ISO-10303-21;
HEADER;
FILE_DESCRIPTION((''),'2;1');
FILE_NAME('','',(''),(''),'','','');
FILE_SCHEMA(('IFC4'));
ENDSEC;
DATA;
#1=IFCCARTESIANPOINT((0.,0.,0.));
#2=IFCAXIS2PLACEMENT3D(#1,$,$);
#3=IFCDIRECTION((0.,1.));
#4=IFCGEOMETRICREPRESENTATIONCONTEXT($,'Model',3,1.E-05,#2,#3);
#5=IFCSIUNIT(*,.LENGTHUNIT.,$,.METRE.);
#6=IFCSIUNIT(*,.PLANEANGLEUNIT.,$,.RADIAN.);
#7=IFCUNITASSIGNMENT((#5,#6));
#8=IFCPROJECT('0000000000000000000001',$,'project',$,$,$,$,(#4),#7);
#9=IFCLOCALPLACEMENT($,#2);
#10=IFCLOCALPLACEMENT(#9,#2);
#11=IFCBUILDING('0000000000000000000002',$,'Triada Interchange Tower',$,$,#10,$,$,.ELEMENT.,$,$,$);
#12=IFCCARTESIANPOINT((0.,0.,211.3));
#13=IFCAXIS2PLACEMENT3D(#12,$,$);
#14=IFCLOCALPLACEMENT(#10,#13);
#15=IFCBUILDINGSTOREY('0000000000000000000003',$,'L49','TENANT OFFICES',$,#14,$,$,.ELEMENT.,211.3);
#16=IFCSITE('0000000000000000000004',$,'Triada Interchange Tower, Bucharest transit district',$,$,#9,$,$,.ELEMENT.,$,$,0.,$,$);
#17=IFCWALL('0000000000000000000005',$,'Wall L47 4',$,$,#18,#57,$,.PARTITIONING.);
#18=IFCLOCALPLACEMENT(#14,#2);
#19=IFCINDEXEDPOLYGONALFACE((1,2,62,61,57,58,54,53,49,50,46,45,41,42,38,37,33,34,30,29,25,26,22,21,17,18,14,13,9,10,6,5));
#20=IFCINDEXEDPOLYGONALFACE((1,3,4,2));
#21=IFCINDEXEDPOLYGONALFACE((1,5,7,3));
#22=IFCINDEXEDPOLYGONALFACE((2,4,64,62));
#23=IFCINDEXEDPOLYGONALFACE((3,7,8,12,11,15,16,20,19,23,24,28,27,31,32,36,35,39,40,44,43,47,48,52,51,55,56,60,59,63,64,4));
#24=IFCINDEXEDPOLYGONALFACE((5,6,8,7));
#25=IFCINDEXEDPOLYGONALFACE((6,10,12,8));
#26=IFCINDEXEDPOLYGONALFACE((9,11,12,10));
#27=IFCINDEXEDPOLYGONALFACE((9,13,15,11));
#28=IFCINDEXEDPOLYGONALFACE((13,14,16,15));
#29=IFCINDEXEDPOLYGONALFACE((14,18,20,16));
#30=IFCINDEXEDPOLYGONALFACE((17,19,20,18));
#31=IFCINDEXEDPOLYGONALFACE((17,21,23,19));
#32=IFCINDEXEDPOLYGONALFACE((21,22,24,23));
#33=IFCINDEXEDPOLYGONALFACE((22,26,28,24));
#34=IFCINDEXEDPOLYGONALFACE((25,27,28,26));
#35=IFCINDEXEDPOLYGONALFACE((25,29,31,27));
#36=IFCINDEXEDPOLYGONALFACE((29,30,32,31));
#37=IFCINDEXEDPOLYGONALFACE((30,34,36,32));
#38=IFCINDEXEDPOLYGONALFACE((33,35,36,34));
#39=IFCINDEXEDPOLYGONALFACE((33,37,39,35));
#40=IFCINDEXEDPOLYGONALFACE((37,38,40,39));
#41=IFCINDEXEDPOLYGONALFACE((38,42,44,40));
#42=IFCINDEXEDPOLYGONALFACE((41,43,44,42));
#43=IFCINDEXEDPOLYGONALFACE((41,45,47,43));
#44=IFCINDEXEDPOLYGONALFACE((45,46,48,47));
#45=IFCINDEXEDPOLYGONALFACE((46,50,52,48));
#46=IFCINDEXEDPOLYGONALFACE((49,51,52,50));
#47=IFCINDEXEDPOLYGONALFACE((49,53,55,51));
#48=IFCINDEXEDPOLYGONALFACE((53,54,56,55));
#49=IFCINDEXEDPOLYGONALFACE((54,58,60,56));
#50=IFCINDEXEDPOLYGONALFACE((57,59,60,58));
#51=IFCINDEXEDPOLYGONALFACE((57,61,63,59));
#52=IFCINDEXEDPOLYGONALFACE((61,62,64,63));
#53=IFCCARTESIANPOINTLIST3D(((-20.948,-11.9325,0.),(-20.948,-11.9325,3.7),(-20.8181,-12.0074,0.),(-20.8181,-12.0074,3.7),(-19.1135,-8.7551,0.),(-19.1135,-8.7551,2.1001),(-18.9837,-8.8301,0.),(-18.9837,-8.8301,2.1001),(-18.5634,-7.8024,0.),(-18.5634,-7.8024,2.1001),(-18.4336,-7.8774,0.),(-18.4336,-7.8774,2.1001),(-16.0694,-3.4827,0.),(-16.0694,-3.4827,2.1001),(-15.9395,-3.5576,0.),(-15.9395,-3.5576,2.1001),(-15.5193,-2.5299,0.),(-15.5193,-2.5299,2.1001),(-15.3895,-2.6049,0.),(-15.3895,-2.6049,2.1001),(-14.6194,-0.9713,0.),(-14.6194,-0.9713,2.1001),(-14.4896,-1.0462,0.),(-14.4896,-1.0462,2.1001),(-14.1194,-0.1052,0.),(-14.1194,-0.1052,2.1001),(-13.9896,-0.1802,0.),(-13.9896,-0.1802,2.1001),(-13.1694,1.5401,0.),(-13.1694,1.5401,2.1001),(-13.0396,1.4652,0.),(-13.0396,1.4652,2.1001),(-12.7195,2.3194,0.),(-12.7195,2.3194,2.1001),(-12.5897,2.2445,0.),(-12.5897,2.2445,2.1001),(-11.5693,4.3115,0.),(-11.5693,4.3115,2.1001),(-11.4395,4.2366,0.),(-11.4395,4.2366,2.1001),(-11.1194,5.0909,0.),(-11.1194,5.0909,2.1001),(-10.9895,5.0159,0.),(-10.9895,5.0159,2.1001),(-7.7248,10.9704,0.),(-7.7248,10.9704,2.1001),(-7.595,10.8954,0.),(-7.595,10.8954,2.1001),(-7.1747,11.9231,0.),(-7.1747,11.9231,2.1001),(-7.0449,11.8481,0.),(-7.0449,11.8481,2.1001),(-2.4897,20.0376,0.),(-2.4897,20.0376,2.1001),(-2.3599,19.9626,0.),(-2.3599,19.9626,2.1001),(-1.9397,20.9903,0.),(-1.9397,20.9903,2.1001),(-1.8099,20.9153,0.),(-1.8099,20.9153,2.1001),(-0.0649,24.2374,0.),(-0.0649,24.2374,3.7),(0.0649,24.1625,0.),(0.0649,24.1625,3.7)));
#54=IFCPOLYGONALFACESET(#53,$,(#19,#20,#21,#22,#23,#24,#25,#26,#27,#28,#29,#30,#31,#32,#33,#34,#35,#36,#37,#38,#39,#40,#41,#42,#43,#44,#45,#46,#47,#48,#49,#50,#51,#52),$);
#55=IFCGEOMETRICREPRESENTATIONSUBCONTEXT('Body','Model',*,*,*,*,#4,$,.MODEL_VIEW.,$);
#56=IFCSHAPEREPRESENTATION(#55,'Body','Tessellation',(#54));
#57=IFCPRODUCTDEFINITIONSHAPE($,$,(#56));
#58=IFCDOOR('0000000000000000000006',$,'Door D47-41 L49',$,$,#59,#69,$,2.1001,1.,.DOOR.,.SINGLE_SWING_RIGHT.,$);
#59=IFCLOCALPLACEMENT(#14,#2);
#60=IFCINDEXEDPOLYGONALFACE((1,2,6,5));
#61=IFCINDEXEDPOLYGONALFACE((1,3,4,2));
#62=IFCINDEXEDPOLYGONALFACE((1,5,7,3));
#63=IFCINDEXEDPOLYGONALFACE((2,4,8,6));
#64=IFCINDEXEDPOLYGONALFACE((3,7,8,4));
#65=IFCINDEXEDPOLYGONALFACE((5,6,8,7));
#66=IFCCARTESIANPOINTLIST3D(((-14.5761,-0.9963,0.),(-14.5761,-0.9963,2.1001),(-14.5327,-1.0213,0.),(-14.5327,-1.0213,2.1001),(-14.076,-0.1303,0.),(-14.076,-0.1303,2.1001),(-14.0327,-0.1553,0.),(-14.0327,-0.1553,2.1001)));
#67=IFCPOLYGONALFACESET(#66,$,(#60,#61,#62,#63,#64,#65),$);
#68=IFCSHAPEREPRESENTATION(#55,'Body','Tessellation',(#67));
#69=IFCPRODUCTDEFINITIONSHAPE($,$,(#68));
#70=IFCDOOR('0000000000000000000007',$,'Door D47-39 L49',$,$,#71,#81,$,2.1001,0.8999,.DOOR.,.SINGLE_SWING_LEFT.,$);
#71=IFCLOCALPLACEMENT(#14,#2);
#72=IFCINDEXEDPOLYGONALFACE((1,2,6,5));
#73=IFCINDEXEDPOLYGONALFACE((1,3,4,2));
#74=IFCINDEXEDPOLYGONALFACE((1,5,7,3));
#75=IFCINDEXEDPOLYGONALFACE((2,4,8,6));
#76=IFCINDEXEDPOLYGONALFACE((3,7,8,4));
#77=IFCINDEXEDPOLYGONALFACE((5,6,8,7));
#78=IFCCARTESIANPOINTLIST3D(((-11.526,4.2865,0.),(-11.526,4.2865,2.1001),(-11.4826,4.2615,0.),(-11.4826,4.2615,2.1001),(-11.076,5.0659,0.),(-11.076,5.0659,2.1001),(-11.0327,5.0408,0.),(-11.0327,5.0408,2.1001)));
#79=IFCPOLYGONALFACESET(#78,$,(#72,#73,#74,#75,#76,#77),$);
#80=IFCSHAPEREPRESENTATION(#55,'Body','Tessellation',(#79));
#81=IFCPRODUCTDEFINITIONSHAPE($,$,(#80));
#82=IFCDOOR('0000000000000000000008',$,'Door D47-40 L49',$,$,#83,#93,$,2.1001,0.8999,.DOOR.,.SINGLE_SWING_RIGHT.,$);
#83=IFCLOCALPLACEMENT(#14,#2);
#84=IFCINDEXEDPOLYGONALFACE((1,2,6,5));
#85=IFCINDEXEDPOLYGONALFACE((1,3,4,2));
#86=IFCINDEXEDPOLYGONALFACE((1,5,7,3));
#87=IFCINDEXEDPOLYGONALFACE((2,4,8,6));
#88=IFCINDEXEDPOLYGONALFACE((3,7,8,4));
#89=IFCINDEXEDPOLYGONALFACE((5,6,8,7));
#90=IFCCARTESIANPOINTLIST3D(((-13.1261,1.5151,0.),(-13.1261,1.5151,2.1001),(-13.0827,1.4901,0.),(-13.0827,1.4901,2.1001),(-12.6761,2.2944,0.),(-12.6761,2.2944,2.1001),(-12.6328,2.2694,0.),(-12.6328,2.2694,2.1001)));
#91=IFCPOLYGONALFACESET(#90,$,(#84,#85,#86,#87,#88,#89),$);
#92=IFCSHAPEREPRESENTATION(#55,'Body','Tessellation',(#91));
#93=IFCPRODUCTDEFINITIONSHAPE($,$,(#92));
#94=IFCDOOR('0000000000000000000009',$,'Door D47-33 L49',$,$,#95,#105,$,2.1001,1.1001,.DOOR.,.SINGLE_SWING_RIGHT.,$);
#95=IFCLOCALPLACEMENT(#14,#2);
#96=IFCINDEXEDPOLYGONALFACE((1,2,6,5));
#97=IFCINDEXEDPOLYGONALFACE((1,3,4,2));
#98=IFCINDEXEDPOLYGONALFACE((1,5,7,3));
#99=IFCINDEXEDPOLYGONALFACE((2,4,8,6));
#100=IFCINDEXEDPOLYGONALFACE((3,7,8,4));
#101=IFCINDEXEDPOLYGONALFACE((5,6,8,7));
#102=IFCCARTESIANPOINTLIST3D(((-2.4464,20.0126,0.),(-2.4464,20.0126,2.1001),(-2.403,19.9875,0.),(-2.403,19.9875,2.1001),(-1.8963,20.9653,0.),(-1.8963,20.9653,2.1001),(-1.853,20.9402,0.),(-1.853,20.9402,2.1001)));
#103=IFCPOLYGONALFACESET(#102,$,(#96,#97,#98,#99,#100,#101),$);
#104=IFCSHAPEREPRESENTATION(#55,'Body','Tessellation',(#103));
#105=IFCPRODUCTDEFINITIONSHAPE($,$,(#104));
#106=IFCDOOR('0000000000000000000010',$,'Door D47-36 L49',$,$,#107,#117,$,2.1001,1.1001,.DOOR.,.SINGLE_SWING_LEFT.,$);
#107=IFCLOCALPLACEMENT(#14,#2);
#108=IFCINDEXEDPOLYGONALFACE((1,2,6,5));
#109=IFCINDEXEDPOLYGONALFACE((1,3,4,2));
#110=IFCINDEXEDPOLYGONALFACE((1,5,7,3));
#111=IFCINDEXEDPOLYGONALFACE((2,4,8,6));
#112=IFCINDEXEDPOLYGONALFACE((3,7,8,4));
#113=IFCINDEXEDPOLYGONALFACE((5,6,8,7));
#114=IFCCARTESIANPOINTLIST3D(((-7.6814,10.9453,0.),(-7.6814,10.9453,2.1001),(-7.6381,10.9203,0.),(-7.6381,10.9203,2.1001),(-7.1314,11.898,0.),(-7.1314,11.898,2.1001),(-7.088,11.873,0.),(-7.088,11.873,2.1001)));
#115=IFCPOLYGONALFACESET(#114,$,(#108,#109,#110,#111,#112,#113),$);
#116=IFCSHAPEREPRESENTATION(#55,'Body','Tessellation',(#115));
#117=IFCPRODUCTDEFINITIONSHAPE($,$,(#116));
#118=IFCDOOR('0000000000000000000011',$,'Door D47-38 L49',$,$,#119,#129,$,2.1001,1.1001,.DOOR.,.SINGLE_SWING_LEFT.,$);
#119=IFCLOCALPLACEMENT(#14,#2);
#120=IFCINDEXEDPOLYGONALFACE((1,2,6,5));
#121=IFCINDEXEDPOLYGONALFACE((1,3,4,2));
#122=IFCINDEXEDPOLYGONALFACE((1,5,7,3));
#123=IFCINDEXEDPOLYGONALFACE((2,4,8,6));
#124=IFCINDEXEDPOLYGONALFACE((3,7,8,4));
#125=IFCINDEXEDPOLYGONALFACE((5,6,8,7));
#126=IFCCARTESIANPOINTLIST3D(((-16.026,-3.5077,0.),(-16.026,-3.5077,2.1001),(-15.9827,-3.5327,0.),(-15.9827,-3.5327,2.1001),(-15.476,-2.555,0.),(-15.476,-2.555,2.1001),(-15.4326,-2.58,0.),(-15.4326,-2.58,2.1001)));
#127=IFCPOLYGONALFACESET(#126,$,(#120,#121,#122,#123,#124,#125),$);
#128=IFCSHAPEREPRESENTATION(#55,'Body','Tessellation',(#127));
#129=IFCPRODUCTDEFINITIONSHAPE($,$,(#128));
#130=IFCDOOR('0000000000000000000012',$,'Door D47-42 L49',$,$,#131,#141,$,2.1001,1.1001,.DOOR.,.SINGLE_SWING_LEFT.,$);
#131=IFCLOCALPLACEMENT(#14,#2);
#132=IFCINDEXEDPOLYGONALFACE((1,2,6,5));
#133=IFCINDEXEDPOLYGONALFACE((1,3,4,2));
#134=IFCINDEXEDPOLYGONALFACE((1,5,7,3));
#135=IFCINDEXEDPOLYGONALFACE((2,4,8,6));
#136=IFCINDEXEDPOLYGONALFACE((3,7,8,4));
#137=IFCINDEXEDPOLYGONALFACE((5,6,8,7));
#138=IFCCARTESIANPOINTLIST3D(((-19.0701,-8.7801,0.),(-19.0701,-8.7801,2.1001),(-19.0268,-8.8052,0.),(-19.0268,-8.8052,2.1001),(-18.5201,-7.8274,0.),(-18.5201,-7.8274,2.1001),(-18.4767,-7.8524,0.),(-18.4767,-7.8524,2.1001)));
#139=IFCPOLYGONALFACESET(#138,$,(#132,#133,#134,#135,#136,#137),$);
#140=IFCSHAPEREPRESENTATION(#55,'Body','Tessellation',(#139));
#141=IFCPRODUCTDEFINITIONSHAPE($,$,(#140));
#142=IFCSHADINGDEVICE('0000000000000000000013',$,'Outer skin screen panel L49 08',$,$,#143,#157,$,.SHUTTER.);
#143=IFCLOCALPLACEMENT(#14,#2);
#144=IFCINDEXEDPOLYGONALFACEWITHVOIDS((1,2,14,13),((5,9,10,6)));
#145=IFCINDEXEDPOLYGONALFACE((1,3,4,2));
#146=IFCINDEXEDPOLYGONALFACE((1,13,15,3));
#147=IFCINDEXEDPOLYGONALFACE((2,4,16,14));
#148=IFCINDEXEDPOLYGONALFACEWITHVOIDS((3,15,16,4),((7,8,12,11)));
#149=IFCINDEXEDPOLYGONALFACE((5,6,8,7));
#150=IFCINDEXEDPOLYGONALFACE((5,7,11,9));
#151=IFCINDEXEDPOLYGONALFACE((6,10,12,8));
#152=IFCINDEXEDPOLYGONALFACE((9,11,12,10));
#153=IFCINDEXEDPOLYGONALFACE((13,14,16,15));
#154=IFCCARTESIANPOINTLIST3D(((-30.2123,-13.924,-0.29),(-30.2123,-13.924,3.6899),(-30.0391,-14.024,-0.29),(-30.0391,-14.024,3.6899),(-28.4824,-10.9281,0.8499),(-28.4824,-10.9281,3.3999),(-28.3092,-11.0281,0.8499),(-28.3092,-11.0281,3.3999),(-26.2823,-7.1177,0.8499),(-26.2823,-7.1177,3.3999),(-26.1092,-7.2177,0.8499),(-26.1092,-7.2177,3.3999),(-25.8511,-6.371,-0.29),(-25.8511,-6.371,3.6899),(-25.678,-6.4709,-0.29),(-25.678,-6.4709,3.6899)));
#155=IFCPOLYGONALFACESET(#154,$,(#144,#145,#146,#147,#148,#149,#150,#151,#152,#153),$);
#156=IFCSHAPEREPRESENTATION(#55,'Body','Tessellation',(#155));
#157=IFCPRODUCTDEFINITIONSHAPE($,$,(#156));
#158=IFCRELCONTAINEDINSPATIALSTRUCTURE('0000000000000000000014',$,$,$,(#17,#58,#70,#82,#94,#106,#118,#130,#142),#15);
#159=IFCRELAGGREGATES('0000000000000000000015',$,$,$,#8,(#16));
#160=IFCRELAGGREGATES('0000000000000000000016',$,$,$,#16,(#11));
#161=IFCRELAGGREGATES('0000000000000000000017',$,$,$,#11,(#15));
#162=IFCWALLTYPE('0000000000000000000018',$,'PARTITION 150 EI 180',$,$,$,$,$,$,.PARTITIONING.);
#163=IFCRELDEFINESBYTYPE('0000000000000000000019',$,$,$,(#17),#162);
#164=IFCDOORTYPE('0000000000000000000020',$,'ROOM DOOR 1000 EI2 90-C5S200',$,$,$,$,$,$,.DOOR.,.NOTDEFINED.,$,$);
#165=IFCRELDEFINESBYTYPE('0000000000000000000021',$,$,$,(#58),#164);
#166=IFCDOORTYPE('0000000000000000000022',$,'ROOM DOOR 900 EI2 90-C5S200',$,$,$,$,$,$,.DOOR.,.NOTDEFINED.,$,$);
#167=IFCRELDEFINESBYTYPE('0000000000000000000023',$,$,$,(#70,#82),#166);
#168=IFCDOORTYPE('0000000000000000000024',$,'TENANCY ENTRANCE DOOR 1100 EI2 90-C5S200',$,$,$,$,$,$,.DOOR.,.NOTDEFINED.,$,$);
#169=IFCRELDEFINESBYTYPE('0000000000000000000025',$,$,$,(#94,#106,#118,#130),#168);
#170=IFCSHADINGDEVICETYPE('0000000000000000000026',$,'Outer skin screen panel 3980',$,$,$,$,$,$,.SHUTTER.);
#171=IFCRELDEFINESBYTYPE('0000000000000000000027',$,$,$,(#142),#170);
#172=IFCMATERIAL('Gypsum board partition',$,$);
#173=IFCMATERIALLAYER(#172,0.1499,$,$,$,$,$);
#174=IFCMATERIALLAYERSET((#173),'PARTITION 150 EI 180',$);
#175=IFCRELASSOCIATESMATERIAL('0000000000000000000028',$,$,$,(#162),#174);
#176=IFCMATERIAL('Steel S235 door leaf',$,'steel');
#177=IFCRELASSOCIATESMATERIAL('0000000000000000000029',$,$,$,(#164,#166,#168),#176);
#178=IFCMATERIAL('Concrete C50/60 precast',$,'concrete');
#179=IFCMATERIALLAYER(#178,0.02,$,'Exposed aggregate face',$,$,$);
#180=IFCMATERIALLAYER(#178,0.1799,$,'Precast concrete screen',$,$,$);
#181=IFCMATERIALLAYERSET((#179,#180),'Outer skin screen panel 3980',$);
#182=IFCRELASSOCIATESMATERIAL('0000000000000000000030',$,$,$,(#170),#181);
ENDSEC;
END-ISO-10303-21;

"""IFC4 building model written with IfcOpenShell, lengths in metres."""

from ifc_helpers import new_model, si_unit, direction, frame, frame_2d, origin, place, context, subcontext, project, spatial, polyline, rectangle, outline, extrude, material, layer, layer_set, type_object, element, fill, save


model = new_model("IFC4")

# Units and contexts
model_context = context("Model", 3, precision=1e-05, world=origin(), true_north=direction((0.0, 1.0)))
body_context = subcontext(model_context, "Body", "Model", "MODEL_VIEW")
ifc_project = project(units=[si_unit("LENGTHUNIT", "METRE"), si_unit("PLANEANGLEUNIT", "RADIAN")], contexts=[model_context])

# Site, building, storey
site_placement = place(None, origin())
site = spatial("IfcSite", under=ifc_project, at=site_placement, Name="Triada Interchange Tower, Bucharest transit district", CompositionType="ELEMENT", RefElevation=0.0)
building_placement = place(site_placement, origin())
building = spatial("IfcBuilding", under=site, at=building_placement, Name="Triada Interchange Tower", CompositionType="ELEMENT")
storey_placement = place(building_placement, frame((0.0, 0.0, 211.3)))
storey = spatial("IfcBuildingStorey", under=building, at=storey_placement, Name="L49", Description="TENANT OFFICES", CompositionType="ELEMENT", Elevation=211.3)

# Wall, openings, doors
ifc_material_1 = material(Name="Gypsum board partition")
ifc_layer_1 = layer(ifc_material_1, 0.1499)
ifc_layer_set_1 = layer_set([ifc_layer_1], Name="PARTITION 150 EI 180")
wall_type = type_object("IfcWallType", Name="PARTITION 150 EI 180", PredefinedType="PARTITIONING", material=ifc_layer_set_1)
wall_placement = place(storey_placement, frame((-20.8831, -11.97, 0.0), z_axis=(0.0, 0.0, 1.0), x_axis=(0.500006, 0.866022, 0.0)))
wall = element("IfcWall", 1, at=wall_placement, inside=storey, type_object=wall_type, Name="Wall L47 4", PredefinedType="PARTITIONING", context=body_context, shape_type="SweptSolid", body=[
    extrude(rectangle(XDim=41.7656, YDim=0.1499, at=frame_2d((20.8828, 0.0))), origin(), (0.0, 0.0, 1.0), 3.7),
])
opening_1_placement = place(wall_placement, frame((36.916, 0.0, 0.0)))
opening_1 = element("IfcOpeningElement", 2, at=opening_1_placement, cuts=wall, PredefinedType="OPENING", context=body_context, shape_type="SweptSolid", body=[
    extrude(rectangle(XDim=1.1001, YDim=2.1001, at=frame_2d((0.55, 1.05))), frame((0.0, 0.085, 0.0), z_axis=(0.0, -1.0, 0.0), x_axis=(1.0, 0.0, 0.0)), (0.0, 0.0, 1.0), 0.1699),
])
opening_2_placement = place(wall_placement, frame((26.446, 0.0, 0.0)))
opening_2 = element("IfcOpeningElement", 3, at=opening_2_placement, cuts=wall, PredefinedType="OPENING", context=body_context, shape_type="SweptSolid", body=[
    extrude(rectangle(XDim=1.1001, YDim=2.1001, at=frame_2d((0.55, 1.05))), frame((0.0, 0.085, 0.0), z_axis=(0.0, -1.0, 0.0), x_axis=(1.0, 0.0, 0.0)), (0.0, 0.0, 1.0), 0.1699),
])
opening_3_placement = place(wall_placement, frame((9.7571, 0.0, 0.0)))
opening_3 = element("IfcOpeningElement", 4, at=opening_3_placement, cuts=wall, PredefinedType="OPENING", context=body_context, shape_type="SweptSolid", body=[
    extrude(rectangle(XDim=1.1001, YDim=2.1001, at=frame_2d((0.55, 1.05))), frame((0.0, 0.085, 0.0), z_axis=(0.0, -1.0, 0.0), x_axis=(1.0, 0.0, 0.0)), (0.0, 0.0, 1.0), 0.1699),
])
opening_4_placement = place(wall_placement, frame((18.7571, 0.0, 0.0)))
opening_4 = element("IfcOpeningElement", 5, at=opening_4_placement, cuts=wall, PredefinedType="OPENING", context=body_context, shape_type="SweptSolid", body=[
    extrude(rectangle(XDim=0.8999, YDim=2.1001, at=frame_2d((0.45, 1.05))), frame((0.0, 0.085, 0.0), z_axis=(0.0, -1.0, 0.0), x_axis=(1.0, 0.0, 0.0)), (0.0, 0.0, 1.0), 0.1699),
])
opening_5_placement = place(wall_placement, frame((15.5569, 0.0, 0.0)))
opening_5 = element("IfcOpeningElement", 6, at=opening_5_placement, cuts=wall, PredefinedType="OPENING", context=body_context, shape_type="SweptSolid", body=[
    extrude(rectangle(XDim=0.8999, YDim=2.1001, at=frame_2d((0.45, 1.05))), frame((0.0, 0.085, 0.0), z_axis=(0.0, -1.0, 0.0), x_axis=(1.0, 0.0, 0.0)), (0.0, 0.0, 1.0), 0.1699),
])
opening_6_placement = place(wall_placement, frame((12.657, 0.0, 0.0)))
opening_6 = element("IfcOpeningElement", 7, at=opening_6_placement, cuts=wall, PredefinedType="OPENING", context=body_context, shape_type="SweptSolid", body=[
    extrude(rectangle(XDim=1.0, YDim=2.1001, at=frame_2d((0.5, 1.05))), frame((0.0, 0.085, 0.0), z_axis=(0.0, -1.0, 0.0), x_axis=(1.0, 0.0, 0.0)), (0.0, 0.0, 1.0), 0.1699),
])
opening_7_placement = place(wall_placement, frame((3.6689, 0.0, 0.0)))
opening_7 = element("IfcOpeningElement", 8, at=opening_7_placement, cuts=wall, PredefinedType="OPENING", context=body_context, shape_type="SweptSolid", body=[
    extrude(rectangle(XDim=1.1001, YDim=2.1001, at=frame_2d((0.55, 1.05))), frame((0.0, 0.085, 0.0), z_axis=(0.0, -1.0, 0.0), x_axis=(1.0, 0.0, 0.0)), (0.0, 0.0, 1.0), 0.1699),
])
ifc_material_2 = material(Name="Steel S235 door leaf", Category="steel")
door_type_1 = type_object("IfcDoorType", Name="ROOM DOOR 1000 EI2 90-C5S200", OperationType="NOTDEFINED", PredefinedType="DOOR", material=ifc_material_2)
door_1_placement = place(opening_6_placement, origin())
door_1 = element("IfcDoor", 9, at=door_1_placement, inside=storey, type_object=door_type_1, Name="Door D47-41 L49", OperationType="SINGLE_SWING_RIGHT", OverallHeight=2.1001, OverallWidth=1.0, PredefinedType="DOOR", context=body_context, shape_type="SweptSolid", body=[
    extrude(rectangle(XDim=1.0, YDim=2.1001, at=frame_2d((0.5, 1.05))), frame((0.0, 0.0249, 0.0), z_axis=(0.0, -1.0, 0.0), x_axis=(1.0, 0.0, 0.0)), (0.0, 0.0, 1.0), 0.05),
])
fill(opening_6, door_1)
door_type_2 = type_object("IfcDoorType", Name="ROOM DOOR 900 EI2 90-C5S200", OperationType="NOTDEFINED", PredefinedType="DOOR", material=ifc_material_2)
door_2_placement = place(opening_4_placement, origin())
door_2 = element("IfcDoor", 10, at=door_2_placement, inside=storey, type_object=door_type_2, Name="Door D47-39 L49", OperationType="SINGLE_SWING_LEFT", OverallHeight=2.1001, OverallWidth=0.8999, PredefinedType="DOOR", context=body_context, shape_type="SweptSolid", body=[
    extrude(rectangle(XDim=0.8999, YDim=2.1001, at=frame_2d((0.45, 1.05))), frame((0.0, 0.0249, 0.0), z_axis=(0.0, -1.0, 0.0), x_axis=(1.0, 0.0, 0.0)), (0.0, 0.0, 1.0), 0.05),
])
fill(opening_4, door_2)
door_3_placement = place(opening_5_placement, origin())
door_3 = element("IfcDoor", 11, at=door_3_placement, inside=storey, type_object=door_type_2, Name="Door D47-40 L49", OperationType="SINGLE_SWING_RIGHT", OverallHeight=2.1001, OverallWidth=0.8999, PredefinedType="DOOR", context=body_context, shape_type="SweptSolid", body=[
    extrude(rectangle(XDim=0.8999, YDim=2.1001, at=frame_2d((0.45, 1.05))), frame((0.0, 0.0249, 0.0), z_axis=(0.0, -1.0, 0.0), x_axis=(1.0, 0.0, 0.0)), (0.0, 0.0, 1.0), 0.05),
])
fill(opening_5, door_3)
door_type_3 = type_object("IfcDoorType", Name="TENANCY ENTRANCE DOOR 1100 EI2 90-C5S200", OperationType="NOTDEFINED", PredefinedType="DOOR", material=ifc_material_2)
door_4_placement = place(opening_1_placement, origin())
door_4 = element("IfcDoor", 12, at=door_4_placement, inside=storey, type_object=door_type_3, Name="Door D47-33 L49", OperationType="SINGLE_SWING_RIGHT", OverallHeight=2.1001, OverallWidth=1.1001, PredefinedType="DOOR", context=body_context, shape_type="SweptSolid", body=[
    extrude(rectangle(XDim=1.1001, YDim=2.1001, at=frame_2d((0.55, 1.05))), frame((0.0, 0.0249, 0.0), z_axis=(0.0, -1.0, 0.0), x_axis=(1.0, 0.0, 0.0)), (0.0, 0.0, 1.0), 0.05),
])
fill(opening_1, door_4)
door_5_placement = place(opening_2_placement, origin())
door_5 = element("IfcDoor", 13, at=door_5_placement, inside=storey, type_object=door_type_3, Name="Door D47-36 L49", OperationType="SINGLE_SWING_LEFT", OverallHeight=2.1001, OverallWidth=1.1001, PredefinedType="DOOR", context=body_context, shape_type="SweptSolid", body=[
    extrude(rectangle(XDim=1.1001, YDim=2.1001, at=frame_2d((0.55, 1.05))), frame((0.0, 0.0249, 0.0), z_axis=(0.0, -1.0, 0.0), x_axis=(1.0, 0.0, 0.0)), (0.0, 0.0, 1.0), 0.05),
])
fill(opening_2, door_5)
door_6_placement = place(opening_3_placement, origin())
door_6 = element("IfcDoor", 14, at=door_6_placement, inside=storey, type_object=door_type_3, Name="Door D47-38 L49", OperationType="SINGLE_SWING_LEFT", OverallHeight=2.1001, OverallWidth=1.1001, PredefinedType="DOOR", context=body_context, shape_type="SweptSolid", body=[
    extrude(rectangle(XDim=1.1001, YDim=2.1001, at=frame_2d((0.55, 1.05))), frame((0.0, 0.0249, 0.0), z_axis=(0.0, -1.0, 0.0), x_axis=(1.0, 0.0, 0.0)), (0.0, 0.0, 1.0), 0.05),
])
fill(opening_3, door_6)
door_7_placement = place(opening_7_placement, origin())
door_7 = element("IfcDoor", 15, at=door_7_placement, inside=storey, type_object=door_type_3, Name="Door D47-42 L49", OperationType="SINGLE_SWING_LEFT", OverallHeight=2.1001, OverallWidth=1.1001, PredefinedType="DOOR", context=body_context, shape_type="SweptSolid", body=[
    extrude(rectangle(XDim=1.1001, YDim=2.1001, at=frame_2d((0.55, 1.05))), frame((0.0, 0.0249, 0.0), z_axis=(0.0, -1.0, 0.0), x_axis=(1.0, 0.0, 0.0)), (0.0, 0.0, 1.0), 0.05),
])
fill(opening_7, door_7)

# Shading device
ifc_material_3 = material(Name="Concrete C50/60 precast", Category="concrete")
ifc_layer_2 = layer(ifc_material_3, 0.02, Name="Exposed aggregate face")
ifc_layer_3 = layer(ifc_material_3, 0.1799, Name="Precast concrete screen")
ifc_layer_set_2 = layer_set([ifc_layer_2, ifc_layer_3], Name="Outer skin screen panel 3980")
shading_device_type = type_object("IfcShadingDeviceType", Name="Outer skin screen panel 3980", PredefinedType="SHUTTER", material=ifc_layer_set_2)
shading_device_placement = place(storey_placement, frame((-25.678, -6.4709, -0.29), z_axis=(0.0, 0.0, 1.0), x_axis=(-0.500032, -0.866007, 0.0)))
element("IfcShadingDevice", 16, at=shading_device_placement, inside=storey, type_object=shading_device_type, Name="Outer skin screen panel L49 08", PredefinedType="SHUTTER", context=body_context, shape_type="SweptSolid", body=[
    extrude(outline(polyline([(0.0, 0.0), (8.7217, 0.0), (8.7217, 3.98), (0.0, 3.98), (0.0, 0.0)]), holes=[polyline([(0.8623, 1.1399), (0.8623, 3.6899), (5.2622, 3.6899), (5.2622, 1.1399), (0.8623, 1.1399)])]), frame((0.0, 0.0, 0.0), z_axis=(0.0, -1.0, 0.0), x_axis=(1.0, 0.0, 0.0)), (0.0, 0.0, 1.0), 0.2),
])

save(model, "model.ifc")
